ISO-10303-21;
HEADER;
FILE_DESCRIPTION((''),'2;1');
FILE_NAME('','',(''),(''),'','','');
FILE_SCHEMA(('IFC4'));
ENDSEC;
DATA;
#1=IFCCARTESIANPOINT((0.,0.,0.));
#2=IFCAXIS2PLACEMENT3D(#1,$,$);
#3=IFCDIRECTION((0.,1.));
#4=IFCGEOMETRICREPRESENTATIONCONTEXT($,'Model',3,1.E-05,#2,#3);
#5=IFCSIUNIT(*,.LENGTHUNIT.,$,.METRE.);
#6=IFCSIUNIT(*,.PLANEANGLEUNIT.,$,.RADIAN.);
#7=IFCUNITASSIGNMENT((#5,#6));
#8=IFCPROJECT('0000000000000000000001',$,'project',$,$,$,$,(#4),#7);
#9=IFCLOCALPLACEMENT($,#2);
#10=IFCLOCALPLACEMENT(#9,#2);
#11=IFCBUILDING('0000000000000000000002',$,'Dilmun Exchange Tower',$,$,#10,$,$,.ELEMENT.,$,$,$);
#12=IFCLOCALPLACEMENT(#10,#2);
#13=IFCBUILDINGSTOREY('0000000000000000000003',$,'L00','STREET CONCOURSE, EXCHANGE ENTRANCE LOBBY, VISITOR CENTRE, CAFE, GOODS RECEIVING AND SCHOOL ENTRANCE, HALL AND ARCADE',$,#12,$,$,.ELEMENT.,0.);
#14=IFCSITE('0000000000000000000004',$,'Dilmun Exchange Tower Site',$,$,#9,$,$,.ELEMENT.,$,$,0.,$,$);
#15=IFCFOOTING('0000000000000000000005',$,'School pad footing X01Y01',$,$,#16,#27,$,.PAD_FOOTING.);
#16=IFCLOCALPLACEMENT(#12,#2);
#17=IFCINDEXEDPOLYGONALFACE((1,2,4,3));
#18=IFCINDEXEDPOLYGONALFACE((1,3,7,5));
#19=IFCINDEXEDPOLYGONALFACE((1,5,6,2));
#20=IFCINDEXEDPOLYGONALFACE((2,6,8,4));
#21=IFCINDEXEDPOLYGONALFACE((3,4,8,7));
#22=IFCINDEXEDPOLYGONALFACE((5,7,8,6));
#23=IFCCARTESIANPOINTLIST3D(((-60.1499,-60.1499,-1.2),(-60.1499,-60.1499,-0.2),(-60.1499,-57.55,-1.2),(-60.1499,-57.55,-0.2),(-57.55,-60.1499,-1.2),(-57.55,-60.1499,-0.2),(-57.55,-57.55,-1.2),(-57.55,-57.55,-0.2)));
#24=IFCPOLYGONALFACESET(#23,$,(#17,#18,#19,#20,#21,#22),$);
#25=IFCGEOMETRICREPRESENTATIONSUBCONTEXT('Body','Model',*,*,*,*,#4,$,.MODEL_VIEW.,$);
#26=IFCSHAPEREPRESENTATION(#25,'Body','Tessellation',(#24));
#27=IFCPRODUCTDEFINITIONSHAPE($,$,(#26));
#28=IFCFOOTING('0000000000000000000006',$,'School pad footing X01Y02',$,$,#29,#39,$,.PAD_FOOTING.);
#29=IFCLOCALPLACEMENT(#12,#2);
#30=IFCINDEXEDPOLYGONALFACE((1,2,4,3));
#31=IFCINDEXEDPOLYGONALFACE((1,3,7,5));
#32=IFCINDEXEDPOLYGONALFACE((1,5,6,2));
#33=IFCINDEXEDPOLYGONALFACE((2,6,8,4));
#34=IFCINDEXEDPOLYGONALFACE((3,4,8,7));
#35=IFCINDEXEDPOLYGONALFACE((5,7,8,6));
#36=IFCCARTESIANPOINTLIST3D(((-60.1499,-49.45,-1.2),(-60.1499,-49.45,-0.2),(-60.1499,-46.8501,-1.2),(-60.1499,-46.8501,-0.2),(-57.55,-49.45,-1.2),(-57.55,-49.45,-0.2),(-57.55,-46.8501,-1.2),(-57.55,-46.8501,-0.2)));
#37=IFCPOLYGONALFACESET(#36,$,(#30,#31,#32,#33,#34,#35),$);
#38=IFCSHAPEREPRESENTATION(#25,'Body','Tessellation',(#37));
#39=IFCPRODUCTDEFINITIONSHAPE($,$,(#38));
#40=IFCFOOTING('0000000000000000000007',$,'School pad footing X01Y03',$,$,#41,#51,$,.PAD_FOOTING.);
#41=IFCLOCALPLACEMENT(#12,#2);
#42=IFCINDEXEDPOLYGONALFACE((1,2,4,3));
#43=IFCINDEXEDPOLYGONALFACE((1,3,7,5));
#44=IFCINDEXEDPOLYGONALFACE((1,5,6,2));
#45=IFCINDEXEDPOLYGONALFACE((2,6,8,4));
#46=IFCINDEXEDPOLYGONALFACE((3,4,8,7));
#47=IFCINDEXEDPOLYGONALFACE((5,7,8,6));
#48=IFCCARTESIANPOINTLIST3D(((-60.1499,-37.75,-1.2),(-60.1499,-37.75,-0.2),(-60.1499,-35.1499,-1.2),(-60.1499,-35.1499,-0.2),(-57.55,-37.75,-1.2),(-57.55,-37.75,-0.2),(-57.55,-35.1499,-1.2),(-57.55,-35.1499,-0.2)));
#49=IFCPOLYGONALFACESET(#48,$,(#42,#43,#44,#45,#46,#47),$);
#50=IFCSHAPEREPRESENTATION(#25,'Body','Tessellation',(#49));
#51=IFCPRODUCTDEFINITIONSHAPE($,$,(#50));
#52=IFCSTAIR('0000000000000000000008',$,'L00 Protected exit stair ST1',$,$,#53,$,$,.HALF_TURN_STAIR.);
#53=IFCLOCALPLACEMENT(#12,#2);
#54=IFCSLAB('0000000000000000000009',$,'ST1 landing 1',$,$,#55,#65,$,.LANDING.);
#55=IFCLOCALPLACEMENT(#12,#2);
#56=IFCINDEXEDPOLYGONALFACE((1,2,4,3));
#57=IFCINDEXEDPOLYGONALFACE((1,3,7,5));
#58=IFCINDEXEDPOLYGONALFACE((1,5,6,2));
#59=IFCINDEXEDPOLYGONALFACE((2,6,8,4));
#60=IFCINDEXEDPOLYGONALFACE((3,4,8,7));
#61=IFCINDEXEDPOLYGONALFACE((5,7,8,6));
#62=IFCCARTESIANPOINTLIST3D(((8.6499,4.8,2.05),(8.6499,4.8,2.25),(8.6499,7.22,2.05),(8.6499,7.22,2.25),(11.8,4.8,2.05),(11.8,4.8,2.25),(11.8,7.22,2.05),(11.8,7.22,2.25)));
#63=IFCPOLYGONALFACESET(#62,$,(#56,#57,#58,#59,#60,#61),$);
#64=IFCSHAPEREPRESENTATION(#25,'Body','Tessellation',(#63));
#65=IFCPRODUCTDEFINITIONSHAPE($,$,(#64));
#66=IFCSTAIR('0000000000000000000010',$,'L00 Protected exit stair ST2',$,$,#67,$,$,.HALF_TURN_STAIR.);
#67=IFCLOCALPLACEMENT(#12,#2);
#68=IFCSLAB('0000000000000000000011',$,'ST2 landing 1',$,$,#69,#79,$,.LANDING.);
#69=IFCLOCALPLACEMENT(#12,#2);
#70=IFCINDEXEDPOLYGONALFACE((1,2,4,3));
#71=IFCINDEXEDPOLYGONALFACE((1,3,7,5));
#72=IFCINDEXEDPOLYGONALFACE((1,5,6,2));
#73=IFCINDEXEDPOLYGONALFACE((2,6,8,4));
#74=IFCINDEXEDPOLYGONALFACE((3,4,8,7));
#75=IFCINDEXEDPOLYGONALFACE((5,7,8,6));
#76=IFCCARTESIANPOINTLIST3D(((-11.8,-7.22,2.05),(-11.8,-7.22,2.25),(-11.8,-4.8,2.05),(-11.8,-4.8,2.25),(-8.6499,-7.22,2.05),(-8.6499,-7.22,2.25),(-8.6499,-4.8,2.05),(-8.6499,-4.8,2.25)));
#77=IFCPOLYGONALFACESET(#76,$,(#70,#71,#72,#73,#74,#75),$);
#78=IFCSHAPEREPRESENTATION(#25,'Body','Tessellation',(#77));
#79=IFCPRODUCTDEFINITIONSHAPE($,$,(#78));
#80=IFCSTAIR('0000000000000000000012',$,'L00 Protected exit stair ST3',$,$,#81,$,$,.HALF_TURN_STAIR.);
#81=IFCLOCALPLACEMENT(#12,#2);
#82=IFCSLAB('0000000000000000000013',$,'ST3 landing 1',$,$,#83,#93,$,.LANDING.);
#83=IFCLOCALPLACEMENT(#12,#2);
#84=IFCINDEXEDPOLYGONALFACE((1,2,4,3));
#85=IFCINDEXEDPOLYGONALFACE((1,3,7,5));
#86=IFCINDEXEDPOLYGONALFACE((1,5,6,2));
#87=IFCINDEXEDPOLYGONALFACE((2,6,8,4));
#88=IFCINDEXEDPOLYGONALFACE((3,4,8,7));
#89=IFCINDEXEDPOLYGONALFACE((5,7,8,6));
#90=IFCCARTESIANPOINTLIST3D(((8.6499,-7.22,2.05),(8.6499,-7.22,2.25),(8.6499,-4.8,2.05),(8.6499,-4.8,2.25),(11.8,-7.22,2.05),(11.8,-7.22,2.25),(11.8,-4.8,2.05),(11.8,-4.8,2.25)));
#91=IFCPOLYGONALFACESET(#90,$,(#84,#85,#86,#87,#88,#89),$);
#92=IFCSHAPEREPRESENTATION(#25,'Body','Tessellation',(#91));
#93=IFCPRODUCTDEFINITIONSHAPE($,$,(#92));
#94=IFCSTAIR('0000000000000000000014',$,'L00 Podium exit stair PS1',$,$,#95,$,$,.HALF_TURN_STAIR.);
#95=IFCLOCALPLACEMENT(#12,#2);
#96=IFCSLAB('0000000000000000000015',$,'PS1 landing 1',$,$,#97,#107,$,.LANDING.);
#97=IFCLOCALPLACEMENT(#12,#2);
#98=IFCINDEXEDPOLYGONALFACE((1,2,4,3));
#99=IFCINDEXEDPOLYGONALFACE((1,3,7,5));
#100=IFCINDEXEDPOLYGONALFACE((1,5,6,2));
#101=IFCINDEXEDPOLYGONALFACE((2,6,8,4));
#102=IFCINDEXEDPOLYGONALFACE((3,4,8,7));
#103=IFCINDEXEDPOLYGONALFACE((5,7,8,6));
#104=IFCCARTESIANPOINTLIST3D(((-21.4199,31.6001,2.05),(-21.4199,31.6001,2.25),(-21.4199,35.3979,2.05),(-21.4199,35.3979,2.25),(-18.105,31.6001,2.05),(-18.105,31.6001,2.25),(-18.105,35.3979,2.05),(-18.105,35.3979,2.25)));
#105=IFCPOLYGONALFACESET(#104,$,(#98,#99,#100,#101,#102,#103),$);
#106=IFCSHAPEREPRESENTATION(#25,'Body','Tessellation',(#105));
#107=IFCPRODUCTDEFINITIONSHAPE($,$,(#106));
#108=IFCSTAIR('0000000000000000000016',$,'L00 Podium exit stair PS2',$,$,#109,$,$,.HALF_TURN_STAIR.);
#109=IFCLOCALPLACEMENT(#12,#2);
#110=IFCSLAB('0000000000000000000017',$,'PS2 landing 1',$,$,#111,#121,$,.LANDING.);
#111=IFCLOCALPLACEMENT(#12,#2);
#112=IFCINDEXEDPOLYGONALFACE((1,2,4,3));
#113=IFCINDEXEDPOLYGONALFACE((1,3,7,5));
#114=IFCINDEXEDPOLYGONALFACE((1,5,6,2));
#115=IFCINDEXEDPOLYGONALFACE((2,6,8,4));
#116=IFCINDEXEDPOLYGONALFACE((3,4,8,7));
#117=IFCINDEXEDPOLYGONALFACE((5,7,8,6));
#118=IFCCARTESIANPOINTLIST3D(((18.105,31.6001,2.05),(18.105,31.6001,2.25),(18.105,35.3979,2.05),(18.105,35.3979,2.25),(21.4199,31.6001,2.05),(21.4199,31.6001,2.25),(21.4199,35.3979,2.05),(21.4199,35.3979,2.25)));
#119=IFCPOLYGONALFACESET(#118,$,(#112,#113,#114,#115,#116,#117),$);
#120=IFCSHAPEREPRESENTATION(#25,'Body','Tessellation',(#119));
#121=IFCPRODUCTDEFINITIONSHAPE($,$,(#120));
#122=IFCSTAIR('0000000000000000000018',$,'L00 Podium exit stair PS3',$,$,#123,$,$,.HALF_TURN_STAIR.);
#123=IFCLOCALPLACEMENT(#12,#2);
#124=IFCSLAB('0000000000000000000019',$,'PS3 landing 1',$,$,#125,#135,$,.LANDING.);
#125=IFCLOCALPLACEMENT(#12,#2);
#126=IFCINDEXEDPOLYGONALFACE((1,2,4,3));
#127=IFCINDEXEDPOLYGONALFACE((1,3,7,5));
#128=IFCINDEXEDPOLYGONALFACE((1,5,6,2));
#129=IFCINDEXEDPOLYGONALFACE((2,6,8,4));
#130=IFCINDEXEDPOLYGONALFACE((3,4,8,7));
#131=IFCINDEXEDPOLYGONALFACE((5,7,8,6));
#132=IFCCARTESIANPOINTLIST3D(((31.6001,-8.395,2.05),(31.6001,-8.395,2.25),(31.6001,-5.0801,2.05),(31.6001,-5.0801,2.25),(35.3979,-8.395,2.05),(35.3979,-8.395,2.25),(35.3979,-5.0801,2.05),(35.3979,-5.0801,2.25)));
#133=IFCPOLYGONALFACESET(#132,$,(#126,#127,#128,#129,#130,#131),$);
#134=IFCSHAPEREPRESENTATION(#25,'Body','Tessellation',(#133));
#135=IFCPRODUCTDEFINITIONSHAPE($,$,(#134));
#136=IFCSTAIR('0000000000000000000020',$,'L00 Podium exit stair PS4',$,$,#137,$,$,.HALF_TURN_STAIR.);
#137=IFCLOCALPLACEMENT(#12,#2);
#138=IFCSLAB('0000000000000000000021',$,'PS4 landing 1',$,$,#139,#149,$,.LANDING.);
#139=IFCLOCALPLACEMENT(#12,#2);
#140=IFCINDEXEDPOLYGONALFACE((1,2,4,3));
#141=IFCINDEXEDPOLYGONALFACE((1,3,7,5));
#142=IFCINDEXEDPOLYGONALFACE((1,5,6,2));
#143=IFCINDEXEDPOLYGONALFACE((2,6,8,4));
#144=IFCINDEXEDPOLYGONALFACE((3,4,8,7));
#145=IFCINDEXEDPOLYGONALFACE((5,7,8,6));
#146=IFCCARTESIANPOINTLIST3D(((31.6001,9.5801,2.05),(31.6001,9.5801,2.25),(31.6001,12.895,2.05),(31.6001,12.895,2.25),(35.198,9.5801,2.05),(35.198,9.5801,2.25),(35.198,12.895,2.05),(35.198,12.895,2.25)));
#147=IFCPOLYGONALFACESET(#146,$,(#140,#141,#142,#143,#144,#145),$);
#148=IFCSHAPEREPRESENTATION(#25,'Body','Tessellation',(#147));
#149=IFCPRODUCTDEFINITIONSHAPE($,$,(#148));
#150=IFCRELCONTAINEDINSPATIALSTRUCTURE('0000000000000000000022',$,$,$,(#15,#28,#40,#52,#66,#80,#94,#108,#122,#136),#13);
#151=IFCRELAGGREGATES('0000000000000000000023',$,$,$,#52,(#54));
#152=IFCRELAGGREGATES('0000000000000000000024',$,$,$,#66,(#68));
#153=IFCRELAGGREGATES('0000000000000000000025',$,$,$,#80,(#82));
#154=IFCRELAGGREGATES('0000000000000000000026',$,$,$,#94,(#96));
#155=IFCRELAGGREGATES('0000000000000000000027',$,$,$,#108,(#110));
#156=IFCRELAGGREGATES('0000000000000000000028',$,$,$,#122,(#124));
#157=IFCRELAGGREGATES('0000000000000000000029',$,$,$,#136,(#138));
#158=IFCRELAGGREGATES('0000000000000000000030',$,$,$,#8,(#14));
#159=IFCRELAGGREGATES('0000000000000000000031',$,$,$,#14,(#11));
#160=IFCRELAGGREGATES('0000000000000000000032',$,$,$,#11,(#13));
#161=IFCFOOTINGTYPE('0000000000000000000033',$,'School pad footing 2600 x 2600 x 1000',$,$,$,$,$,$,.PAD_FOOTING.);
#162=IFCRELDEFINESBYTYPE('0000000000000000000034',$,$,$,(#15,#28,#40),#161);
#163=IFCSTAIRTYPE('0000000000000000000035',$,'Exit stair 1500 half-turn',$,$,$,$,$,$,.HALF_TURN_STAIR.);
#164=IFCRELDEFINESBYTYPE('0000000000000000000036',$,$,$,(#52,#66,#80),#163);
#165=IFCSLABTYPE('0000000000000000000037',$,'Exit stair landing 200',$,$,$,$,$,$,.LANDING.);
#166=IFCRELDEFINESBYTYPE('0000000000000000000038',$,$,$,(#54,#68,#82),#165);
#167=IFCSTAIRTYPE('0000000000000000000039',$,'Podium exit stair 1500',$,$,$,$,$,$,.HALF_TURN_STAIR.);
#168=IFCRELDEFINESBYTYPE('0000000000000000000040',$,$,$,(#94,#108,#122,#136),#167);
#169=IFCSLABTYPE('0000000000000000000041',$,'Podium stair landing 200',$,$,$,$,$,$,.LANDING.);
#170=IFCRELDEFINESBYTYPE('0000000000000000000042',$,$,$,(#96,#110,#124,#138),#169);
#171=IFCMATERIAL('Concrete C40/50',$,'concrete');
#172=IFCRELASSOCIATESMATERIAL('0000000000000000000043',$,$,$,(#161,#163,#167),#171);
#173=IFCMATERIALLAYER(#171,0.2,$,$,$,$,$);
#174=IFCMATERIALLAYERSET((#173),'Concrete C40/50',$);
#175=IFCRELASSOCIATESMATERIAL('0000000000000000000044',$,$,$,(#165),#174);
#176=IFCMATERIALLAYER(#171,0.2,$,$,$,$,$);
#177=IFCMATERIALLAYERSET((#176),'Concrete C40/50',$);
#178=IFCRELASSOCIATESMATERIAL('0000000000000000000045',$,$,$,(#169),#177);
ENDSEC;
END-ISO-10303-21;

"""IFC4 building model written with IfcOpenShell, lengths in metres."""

from ifc_helpers import new_model, si_unit, direction, frame, origin, place, context, subcontext, project, spatial, polyline, outline, extrude, material, layer, layer_set, type_object, element, aggregate, save


model = new_model("IFC4")

# Units and contexts
model_context = context("Model", 3, precision=1e-05, world=origin(), true_north=direction((0.0, 1.0)))
body_context = subcontext(model_context, "Body", "Model", "MODEL_VIEW")
ifc_project = project(units=[si_unit("LENGTHUNIT", "METRE"), si_unit("PLANEANGLEUNIT", "RADIAN")], contexts=[model_context])

# Site, building, storey
site_placement = place(None, origin())
site = spatial("IfcSite", under=ifc_project, at=site_placement, Name="Dilmun Exchange Tower Site", CompositionType="ELEMENT", RefElevation=0.0)
building_placement = place(site_placement, origin())
building = spatial("IfcBuilding", under=site, at=building_placement, Name="Dilmun Exchange Tower", CompositionType="ELEMENT")
storey_placement = place(building_placement, origin())
storey = spatial("IfcBuildingStorey", under=building, at=storey_placement, Name="L00", Description="STREET CONCOURSE, EXCHANGE ENTRANCE LOBBY, VISITOR CENTRE, CAFE, GOODS RECEIVING AND SCHOOL ENTRANCE, HALL AND ARCADE", CompositionType="ELEMENT", Elevation=0.0)

# Footings
ifc_material_1 = material(Name="Concrete C40/50", Category="concrete")
footing_type = type_object("IfcFootingType", Name="School pad footing 2600 x 2600 x 1000", PredefinedType="PAD_FOOTING", material=ifc_material_1)
footing_1_placement = place(storey_placement, frame((0.0, 0.0, -1.2)))
element("IfcFooting", 1, at=footing_1_placement, inside=storey, type_object=footing_type, Name="School pad footing X01Y01", PredefinedType="PAD_FOOTING", context=body_context, shape_type="SweptSolid", body=[
    extrude(outline(polyline([(-60.1499, -60.1499), (-60.1499, -57.55), (-57.55, -57.55), (-57.55, -60.1499), (-60.1499, -60.1499)])), origin(), (0.0, 0.0, 1.0), 1.0),
])
footing_2_placement = place(storey_placement, frame((0.0, 0.0, -1.2)))
element("IfcFooting", 2, at=footing_2_placement, inside=storey, type_object=footing_type, Name="School pad footing X01Y02", PredefinedType="PAD_FOOTING", context=body_context, shape_type="SweptSolid", body=[
    extrude(outline(polyline([(-60.1499, -49.45), (-60.1499, -46.8501), (-57.55, -46.8501), (-57.55, -49.45), (-60.1499, -49.45)])), origin(), (0.0, 0.0, 1.0), 1.0),
])
footing_3_placement = place(storey_placement, frame((0.0, 0.0, -1.2)))
element("IfcFooting", 3, at=footing_3_placement, inside=storey, type_object=footing_type, Name="School pad footing X01Y03", PredefinedType="PAD_FOOTING", context=body_context, shape_type="SweptSolid", body=[
    extrude(outline(polyline([(-60.1499, -37.75), (-60.1499, -35.1499), (-57.55, -35.1499), (-57.55, -37.75), (-60.1499, -37.75)])), origin(), (0.0, 0.0, 1.0), 1.0),
])

# Stairs, slabs
stair_type_1 = type_object("IfcStairType", Name="Exit stair 1500 half-turn", PredefinedType="HALF_TURN_STAIR", material=ifc_material_1)
stair_1_placement = place(storey_placement, origin())
stair_1 = element("IfcStair", 4, at=stair_1_placement, inside=storey, type_object=stair_type_1, Name="L00 Protected exit stair ST1", PredefinedType="HALF_TURN_STAIR")
ifc_layer_1 = layer(ifc_material_1, 0.2)
ifc_layer_set_1 = layer_set([ifc_layer_1], Name="Concrete C40/50")
slab_type_1 = type_object("IfcSlabType", Name="Exit stair landing 200", PredefinedType="LANDING", material=ifc_layer_set_1)
slab_1_placement = place(storey_placement, frame((0.0, 0.0, 2.05)))
slab_1 = element("IfcSlab", 5, at=slab_1_placement, type_object=slab_type_1, Name="ST1 landing 1", PredefinedType="LANDING", context=body_context, shape_type="SweptSolid", body=[
    extrude(outline(polyline([(8.6499, 7.22), (8.6499, 4.8), (11.8, 4.8), (11.8, 7.22), (8.6499, 7.22)])), origin(), (0.0, 0.0, 1.0), 0.2),
])
aggregate(stair_1, [slab_1])
stair_2_placement = place(storey_placement, origin())
stair_2 = element("IfcStair", 6, at=stair_2_placement, inside=storey, type_object=stair_type_1, Name="L00 Protected exit stair ST2", PredefinedType="HALF_TURN_STAIR")
slab_2_placement = place(storey_placement, frame((0.0, 0.0, 2.05)))
slab_2 = element("IfcSlab", 7, at=slab_2_placement, type_object=slab_type_1, Name="ST2 landing 1", PredefinedType="LANDING", context=body_context, shape_type="SweptSolid", body=[
    extrude(outline(polyline([(-8.6499, -7.22), (-8.6499, -4.8), (-11.8, -4.8), (-11.8, -7.22), (-8.6499, -7.22)])), origin(), (0.0, 0.0, 1.0), 0.2),
])
aggregate(stair_2, [slab_2])
stair_3_placement = place(storey_placement, origin())
stair_3 = element("IfcStair", 8, at=stair_3_placement, inside=storey, type_object=stair_type_1, Name="L00 Protected exit stair ST3", PredefinedType="HALF_TURN_STAIR")
slab_3_placement = place(storey_placement, frame((0.0, 0.0, 2.05)))
slab_3 = element("IfcSlab", 9, at=slab_3_placement, type_object=slab_type_1, Name="ST3 landing 1", PredefinedType="LANDING", context=body_context, shape_type="SweptSolid", body=[
    extrude(outline(polyline([(11.8, -7.22), (11.8, -4.8), (8.6499, -4.8), (8.6499, -7.22), (11.8, -7.22)])), origin(), (0.0, 0.0, 1.0), 0.2),
])
aggregate(stair_3, [slab_3])
stair_type_2 = type_object("IfcStairType", Name="Podium exit stair 1500", PredefinedType="HALF_TURN_STAIR", material=ifc_material_1)
stair_4_placement = place(storey_placement, origin())
stair_4 = element("IfcStair", 10, at=stair_4_placement, inside=storey, type_object=stair_type_2, Name="L00 Podium exit stair PS1", PredefinedType="HALF_TURN_STAIR")
ifc_layer_2 = layer(ifc_material_1, 0.2)
ifc_layer_set_2 = layer_set([ifc_layer_2], Name="Concrete C40/50")
slab_type_2 = type_object("IfcSlabType", Name="Podium stair landing 200", PredefinedType="LANDING", material=ifc_layer_set_2)
slab_4_placement = place(storey_placement, frame((0.0, 0.0, 2.05)))
slab_4 = element("IfcSlab", 11, at=slab_4_placement, type_object=slab_type_2, Name="PS1 landing 1", PredefinedType="LANDING", context=body_context, shape_type="SweptSolid", body=[
    extrude(outline(polyline([(-21.4199, 31.6001), (-18.105, 31.6001), (-18.105, 35.3979), (-21.4199, 35.3979), (-21.4199, 31.6001)])), origin(), (0.0, 0.0, 1.0), 0.2),
])
aggregate(stair_4, [slab_4])
stair_5_placement = place(storey_placement, origin())
stair_5 = element("IfcStair", 12, at=stair_5_placement, inside=storey, type_object=stair_type_2, Name="L00 Podium exit stair PS2", PredefinedType="HALF_TURN_STAIR")
slab_5_placement = place(storey_placement, frame((0.0, 0.0, 2.05)))
slab_5 = element("IfcSlab", 13, at=slab_5_placement, type_object=slab_type_2, Name="PS2 landing 1", PredefinedType="LANDING", context=body_context, shape_type="SweptSolid", body=[
    extrude(outline(polyline([(21.4199, 35.3979), (18.105, 35.3979), (18.105, 31.6001), (21.4199, 31.6001), (21.4199, 35.3979)])), origin(), (0.0, 0.0, 1.0), 0.2),
])
aggregate(stair_5, [slab_5])
stair_6_placement = place(storey_placement, origin())
stair_6 = element("IfcStair", 14, at=stair_6_placement, inside=storey, type_object=stair_type_2, Name="L00 Podium exit stair PS3", PredefinedType="HALF_TURN_STAIR")
slab_6_placement = place(storey_placement, frame((0.0, 0.0, 2.05)))
slab_6 = element("IfcSlab", 15, at=slab_6_placement, type_object=slab_type_2, Name="PS3 landing 1", PredefinedType="LANDING", context=body_context, shape_type="SweptSolid", body=[
    extrude(outline(polyline([(31.6001, -5.0801), (31.6001, -8.395), (35.3979, -8.395), (35.3979, -5.0801), (31.6001, -5.0801)])), origin(), (0.0, 0.0, 1.0), 0.2),
])
aggregate(stair_6, [slab_6])
stair_7_placement = place(storey_placement, origin())
stair_7 = element("IfcStair", 16, at=stair_7_placement, inside=storey, type_object=stair_type_2, Name="L00 Podium exit stair PS4", PredefinedType="HALF_TURN_STAIR")
slab_7_placement = place(storey_placement, frame((0.0, 0.0, 2.05)))
slab_7 = element("IfcSlab", 17, at=slab_7_placement, type_object=slab_type_2, Name="PS4 landing 1", PredefinedType="LANDING", context=body_context, shape_type="SweptSolid", body=[
    extrude(outline(polyline([(35.198, 9.5801), (35.198, 12.895), (31.6001, 12.895), (31.6001, 9.5801), (35.198, 9.5801)])), origin(), (0.0, 0.0, 1.0), 0.2),
])
aggregate(stair_7, [slab_7])

save(model, "model.ifc")
